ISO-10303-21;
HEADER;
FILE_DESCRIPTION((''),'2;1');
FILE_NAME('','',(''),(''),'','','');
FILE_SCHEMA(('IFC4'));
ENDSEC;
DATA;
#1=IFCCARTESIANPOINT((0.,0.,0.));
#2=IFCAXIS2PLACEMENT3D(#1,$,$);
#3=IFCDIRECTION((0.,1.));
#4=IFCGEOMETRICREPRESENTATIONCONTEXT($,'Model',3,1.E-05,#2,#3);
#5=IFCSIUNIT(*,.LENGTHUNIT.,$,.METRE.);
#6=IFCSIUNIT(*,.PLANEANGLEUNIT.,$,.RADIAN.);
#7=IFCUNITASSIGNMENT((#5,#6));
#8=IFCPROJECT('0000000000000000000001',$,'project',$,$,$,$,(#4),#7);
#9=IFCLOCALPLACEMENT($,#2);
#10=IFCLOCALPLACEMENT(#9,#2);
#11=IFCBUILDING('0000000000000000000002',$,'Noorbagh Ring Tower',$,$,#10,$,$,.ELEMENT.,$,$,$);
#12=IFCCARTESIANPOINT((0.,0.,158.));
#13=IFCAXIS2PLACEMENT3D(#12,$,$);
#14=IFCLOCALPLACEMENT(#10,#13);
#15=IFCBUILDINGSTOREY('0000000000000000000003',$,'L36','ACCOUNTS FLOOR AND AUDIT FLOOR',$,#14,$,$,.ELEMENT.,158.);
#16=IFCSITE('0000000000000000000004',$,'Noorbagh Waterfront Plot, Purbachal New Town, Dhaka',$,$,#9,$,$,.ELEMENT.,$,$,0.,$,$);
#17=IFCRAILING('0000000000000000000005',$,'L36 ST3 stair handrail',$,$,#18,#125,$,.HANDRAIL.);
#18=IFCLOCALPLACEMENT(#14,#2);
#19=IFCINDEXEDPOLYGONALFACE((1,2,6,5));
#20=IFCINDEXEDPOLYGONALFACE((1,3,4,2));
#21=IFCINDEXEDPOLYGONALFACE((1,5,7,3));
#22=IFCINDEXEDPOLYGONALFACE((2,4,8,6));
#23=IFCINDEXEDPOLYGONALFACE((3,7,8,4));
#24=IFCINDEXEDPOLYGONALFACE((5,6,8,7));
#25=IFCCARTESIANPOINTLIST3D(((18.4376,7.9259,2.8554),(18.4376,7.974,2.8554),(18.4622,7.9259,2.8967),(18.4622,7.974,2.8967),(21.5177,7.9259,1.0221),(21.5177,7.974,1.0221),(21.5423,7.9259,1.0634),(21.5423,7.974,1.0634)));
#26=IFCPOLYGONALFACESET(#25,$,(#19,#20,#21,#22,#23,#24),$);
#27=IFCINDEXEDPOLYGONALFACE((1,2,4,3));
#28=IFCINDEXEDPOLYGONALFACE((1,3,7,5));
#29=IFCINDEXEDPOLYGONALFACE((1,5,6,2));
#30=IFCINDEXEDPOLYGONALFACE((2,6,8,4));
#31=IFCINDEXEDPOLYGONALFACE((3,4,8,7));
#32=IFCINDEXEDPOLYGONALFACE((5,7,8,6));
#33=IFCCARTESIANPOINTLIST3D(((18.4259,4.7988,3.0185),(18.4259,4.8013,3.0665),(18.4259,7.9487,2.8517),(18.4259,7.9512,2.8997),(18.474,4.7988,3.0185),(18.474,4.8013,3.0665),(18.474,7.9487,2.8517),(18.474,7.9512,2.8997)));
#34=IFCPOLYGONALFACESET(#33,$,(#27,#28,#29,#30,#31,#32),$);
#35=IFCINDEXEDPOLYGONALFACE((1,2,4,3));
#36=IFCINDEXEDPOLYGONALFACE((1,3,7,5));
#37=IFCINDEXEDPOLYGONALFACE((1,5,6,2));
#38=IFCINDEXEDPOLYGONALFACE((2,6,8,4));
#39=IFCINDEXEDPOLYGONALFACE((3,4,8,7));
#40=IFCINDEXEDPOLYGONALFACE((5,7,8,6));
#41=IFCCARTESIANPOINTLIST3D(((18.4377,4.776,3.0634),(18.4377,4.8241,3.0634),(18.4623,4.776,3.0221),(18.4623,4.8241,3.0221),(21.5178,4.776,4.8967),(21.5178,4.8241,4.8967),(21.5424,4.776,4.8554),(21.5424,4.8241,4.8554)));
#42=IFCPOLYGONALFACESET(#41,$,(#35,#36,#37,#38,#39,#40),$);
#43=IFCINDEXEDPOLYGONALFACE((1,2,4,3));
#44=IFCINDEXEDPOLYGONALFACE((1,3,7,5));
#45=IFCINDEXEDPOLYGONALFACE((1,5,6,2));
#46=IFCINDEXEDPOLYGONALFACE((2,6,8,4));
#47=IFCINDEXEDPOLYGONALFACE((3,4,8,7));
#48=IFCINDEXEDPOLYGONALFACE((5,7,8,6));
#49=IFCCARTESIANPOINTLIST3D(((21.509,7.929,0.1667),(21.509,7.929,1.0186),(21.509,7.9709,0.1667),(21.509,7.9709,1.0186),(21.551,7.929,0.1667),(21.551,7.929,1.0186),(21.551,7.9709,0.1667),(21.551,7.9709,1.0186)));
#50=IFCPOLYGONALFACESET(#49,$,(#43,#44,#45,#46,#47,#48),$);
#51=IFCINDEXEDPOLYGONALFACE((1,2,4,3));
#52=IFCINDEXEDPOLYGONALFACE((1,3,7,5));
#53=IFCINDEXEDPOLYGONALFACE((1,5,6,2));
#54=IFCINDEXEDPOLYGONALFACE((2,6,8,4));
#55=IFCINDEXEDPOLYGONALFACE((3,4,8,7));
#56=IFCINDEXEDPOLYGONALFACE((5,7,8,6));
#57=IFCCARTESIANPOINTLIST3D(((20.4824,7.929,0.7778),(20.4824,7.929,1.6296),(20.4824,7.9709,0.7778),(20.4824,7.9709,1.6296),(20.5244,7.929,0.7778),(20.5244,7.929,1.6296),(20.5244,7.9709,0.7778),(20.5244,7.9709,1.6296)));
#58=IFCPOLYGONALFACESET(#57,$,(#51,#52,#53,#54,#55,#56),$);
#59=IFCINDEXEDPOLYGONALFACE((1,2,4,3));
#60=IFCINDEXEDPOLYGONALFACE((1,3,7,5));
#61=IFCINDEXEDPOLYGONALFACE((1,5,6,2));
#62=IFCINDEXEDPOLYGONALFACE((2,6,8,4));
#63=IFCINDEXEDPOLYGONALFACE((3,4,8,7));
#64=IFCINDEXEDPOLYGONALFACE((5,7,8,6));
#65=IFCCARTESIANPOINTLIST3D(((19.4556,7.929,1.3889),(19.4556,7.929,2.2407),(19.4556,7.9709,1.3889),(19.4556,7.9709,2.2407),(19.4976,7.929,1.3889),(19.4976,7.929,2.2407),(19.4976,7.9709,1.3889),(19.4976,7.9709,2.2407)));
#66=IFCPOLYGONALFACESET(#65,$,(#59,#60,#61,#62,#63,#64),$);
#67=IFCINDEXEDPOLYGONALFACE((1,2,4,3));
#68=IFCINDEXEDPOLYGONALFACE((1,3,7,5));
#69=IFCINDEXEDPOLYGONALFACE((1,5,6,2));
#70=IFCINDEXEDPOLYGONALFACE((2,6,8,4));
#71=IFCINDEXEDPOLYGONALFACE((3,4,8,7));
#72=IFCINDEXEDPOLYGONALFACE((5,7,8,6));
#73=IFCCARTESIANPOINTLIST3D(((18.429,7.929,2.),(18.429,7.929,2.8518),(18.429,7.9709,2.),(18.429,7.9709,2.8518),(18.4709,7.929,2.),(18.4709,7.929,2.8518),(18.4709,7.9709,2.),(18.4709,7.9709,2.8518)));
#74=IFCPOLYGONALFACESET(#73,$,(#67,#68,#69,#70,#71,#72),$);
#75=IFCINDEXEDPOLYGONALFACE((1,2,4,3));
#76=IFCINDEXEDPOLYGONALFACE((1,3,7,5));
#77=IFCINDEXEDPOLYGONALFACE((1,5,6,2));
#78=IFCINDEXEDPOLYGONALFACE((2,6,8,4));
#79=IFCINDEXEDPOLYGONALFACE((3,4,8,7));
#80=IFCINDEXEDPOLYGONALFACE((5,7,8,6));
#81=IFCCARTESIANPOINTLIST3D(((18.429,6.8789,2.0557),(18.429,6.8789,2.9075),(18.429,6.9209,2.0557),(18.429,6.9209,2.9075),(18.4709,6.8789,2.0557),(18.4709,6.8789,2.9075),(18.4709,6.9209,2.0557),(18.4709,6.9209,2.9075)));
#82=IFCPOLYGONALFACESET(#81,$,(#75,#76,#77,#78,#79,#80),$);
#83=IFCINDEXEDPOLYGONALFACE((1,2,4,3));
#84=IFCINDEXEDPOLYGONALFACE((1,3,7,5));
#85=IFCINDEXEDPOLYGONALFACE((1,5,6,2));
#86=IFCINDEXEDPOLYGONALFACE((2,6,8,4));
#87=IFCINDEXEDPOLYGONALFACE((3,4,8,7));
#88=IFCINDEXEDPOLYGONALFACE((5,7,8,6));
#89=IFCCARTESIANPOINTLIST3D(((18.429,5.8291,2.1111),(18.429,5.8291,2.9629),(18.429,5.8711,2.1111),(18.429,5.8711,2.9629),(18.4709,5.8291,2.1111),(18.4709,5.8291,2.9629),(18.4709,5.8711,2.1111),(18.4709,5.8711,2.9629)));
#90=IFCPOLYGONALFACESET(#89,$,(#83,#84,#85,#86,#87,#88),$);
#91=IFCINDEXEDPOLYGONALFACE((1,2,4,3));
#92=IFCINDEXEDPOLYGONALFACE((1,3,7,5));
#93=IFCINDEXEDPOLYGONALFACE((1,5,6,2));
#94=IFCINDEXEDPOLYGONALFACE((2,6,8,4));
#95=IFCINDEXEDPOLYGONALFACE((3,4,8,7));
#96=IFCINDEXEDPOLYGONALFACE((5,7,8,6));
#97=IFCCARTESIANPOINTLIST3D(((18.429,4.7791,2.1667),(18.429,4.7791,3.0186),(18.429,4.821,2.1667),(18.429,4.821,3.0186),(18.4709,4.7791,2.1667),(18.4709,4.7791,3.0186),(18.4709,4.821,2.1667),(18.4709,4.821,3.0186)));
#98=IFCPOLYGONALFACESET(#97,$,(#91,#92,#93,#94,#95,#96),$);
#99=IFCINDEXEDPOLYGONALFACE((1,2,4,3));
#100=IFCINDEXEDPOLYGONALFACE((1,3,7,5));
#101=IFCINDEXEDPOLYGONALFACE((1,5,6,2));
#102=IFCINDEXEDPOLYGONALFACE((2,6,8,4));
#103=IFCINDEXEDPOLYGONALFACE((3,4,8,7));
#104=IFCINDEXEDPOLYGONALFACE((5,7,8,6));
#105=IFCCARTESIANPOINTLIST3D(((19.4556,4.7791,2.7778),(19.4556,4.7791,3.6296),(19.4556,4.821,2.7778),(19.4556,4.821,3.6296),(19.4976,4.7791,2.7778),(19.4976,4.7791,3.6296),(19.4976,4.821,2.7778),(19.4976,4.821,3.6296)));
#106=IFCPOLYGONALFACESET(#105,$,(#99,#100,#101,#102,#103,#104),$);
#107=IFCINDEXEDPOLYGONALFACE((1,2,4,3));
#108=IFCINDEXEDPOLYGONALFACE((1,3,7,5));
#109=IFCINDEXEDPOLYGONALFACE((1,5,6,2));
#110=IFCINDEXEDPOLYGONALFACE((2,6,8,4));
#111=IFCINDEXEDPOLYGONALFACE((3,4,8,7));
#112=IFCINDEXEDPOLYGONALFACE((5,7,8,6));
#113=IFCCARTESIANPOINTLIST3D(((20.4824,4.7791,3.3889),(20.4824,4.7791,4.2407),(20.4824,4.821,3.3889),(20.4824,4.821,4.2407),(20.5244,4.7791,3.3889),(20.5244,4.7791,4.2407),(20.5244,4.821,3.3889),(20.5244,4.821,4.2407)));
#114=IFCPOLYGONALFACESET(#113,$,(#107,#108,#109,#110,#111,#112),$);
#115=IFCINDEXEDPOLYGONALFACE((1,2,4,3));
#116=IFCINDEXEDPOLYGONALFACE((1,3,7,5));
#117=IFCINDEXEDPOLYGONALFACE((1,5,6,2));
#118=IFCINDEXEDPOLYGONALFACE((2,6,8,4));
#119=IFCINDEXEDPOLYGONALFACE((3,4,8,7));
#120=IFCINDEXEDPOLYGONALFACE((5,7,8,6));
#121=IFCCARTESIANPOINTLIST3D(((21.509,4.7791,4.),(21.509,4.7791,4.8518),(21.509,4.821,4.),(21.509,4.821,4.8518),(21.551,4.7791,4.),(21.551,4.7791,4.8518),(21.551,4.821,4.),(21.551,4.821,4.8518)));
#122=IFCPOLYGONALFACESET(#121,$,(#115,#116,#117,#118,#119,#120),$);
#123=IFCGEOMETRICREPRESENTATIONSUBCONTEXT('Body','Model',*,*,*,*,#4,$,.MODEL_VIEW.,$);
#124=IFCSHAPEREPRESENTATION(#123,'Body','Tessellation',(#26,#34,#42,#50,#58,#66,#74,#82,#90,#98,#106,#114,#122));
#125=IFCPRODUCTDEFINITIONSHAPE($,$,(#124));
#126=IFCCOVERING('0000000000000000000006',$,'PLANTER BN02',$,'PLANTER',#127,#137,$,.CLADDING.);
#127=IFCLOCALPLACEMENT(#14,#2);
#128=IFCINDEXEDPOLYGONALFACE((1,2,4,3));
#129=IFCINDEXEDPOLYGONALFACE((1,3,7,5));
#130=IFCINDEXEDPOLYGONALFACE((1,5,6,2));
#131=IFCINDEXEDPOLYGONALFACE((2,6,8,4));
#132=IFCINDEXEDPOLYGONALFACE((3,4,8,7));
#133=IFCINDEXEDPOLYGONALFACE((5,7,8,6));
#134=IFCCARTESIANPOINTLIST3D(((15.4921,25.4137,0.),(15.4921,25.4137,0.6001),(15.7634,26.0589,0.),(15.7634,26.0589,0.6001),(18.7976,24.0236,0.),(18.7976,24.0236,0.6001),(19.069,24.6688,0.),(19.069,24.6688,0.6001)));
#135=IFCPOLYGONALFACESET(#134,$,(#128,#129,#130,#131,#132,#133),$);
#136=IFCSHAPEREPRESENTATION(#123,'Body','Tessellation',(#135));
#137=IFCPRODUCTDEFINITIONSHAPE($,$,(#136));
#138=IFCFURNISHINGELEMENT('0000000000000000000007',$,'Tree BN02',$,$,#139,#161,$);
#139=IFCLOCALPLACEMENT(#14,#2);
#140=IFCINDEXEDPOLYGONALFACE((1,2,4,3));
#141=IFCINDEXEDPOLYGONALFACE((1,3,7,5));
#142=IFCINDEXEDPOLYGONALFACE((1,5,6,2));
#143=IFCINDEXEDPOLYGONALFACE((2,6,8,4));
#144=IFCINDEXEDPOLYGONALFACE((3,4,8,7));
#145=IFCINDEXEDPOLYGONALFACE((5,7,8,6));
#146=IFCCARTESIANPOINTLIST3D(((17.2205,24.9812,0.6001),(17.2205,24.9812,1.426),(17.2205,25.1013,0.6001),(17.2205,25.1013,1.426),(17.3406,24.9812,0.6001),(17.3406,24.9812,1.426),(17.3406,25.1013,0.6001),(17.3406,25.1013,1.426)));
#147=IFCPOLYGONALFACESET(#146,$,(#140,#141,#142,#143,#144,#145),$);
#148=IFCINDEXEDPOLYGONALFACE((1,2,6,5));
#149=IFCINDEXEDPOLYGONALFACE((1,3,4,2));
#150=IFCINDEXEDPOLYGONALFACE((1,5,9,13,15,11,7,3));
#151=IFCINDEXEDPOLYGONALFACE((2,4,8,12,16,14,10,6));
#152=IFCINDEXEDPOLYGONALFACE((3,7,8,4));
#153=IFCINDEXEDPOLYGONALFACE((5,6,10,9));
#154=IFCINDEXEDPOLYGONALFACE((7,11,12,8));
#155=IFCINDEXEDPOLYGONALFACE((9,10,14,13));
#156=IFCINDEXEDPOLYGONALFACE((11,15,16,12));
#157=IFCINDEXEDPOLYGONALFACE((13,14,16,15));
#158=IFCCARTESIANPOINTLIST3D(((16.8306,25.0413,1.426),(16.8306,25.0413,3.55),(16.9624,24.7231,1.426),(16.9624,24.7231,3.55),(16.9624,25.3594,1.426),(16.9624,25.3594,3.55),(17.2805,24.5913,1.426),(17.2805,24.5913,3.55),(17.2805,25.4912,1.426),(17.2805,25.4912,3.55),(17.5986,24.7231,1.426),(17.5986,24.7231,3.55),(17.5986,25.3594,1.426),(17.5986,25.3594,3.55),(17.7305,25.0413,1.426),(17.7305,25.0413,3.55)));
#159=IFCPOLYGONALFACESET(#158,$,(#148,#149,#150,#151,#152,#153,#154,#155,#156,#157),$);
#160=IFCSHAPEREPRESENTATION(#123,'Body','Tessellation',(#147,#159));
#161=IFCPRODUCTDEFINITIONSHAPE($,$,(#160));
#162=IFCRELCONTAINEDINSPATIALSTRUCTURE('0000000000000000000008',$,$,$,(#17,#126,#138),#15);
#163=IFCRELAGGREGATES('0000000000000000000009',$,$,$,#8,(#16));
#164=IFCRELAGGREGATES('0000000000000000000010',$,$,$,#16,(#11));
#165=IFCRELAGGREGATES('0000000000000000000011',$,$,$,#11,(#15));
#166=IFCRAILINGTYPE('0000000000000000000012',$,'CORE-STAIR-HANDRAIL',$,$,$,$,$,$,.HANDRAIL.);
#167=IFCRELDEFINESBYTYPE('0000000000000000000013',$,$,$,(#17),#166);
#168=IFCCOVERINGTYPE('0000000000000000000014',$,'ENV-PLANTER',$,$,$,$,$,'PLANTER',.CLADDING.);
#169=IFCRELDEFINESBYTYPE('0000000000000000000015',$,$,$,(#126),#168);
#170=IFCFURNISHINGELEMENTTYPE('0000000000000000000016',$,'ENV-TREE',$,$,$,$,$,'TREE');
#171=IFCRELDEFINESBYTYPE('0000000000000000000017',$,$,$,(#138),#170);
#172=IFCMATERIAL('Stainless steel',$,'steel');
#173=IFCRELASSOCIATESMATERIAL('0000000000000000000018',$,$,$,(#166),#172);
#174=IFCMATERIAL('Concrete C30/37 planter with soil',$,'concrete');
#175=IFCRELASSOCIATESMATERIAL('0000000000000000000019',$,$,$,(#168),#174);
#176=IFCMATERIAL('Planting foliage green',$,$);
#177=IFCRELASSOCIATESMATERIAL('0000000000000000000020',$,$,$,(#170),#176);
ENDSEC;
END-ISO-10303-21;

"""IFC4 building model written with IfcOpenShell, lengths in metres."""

from ifc_helpers import new_model, si_unit, direction, frame, origin, origin_2d, place, context, subcontext, project, spatial, polyline, rectangle, outline, extrude, material, type_object, element, save


model = new_model("IFC4")

# Units and contexts
model_context = context("Model", 3, precision=1e-05, world=origin(), true_north=direction((0.0, 1.0)))
body_context = subcontext(model_context, "Body", "Model", "MODEL_VIEW")
ifc_project = project(units=[si_unit("LENGTHUNIT", "METRE"), si_unit("PLANEANGLEUNIT", "RADIAN")], contexts=[model_context])

# Site, building, storey
site_placement = place(None, origin())
site = spatial("IfcSite", under=ifc_project, at=site_placement, Name="Noorbagh Waterfront Plot, Purbachal New Town, Dhaka", CompositionType="ELEMENT", RefElevation=0.0)
building_placement = place(site_placement, origin())
building = spatial("IfcBuilding", under=site, at=building_placement, Name="Noorbagh Ring Tower", CompositionType="ELEMENT")
storey_placement = place(building_placement, frame((0.0, 0.0, 158.0)))
storey = spatial("IfcBuildingStorey", under=building, at=storey_placement, Name="L36", Description="ACCOUNTS FLOOR AND AUDIT FLOOR", CompositionType="ELEMENT", Elevation=158.0)

# Railing
ifc_material_1 = material(Name="Stainless steel", Category="steel")
railing_type_1 = type_object("IfcRailingType", Name="CORE-STAIR-HANDRAIL", PredefinedType="HANDRAIL", material=ifc_material_1)
railing_1_placement = place(storey_placement, frame((21.53, 7.95, 0.1667)))
element("IfcRailing", 1, at=railing_1_placement, inside=storey, type_object=railing_type_1, Name="L36 ST3 stair handrail", PredefinedType="HANDRAIL", context=body_context, shape_type="SweptSolid", body=[
    extrude(rectangle(XDim=0.0481, YDim=0.0481, at=origin_2d()), frame((0.0, 0.0, 0.876), z_axis=(-0.859309, 0.0, 0.511458), x_axis=(0.0, -1.0, 0.0)), (0.0, 0.0, 1.0), 3.5845),
    extrude(rectangle(XDim=0.0481, YDim=0.0481, at=origin_2d()), frame((-3.0801, 0.0, 2.709), z_axis=(0.0, -0.998602, 0.052864), x_axis=(1.0, 0.0, 0.0)), (0.0, 0.0, 1.0), 3.1543),
    extrude(rectangle(XDim=0.0481, YDim=0.0481, at=origin_2d()), frame((-3.0801, -3.1499, 2.876), z_axis=(0.859309, 0.0, 0.511458), x_axis=(0.0, 1.0, 0.0)), (0.0, 0.0, 1.0), 3.5845),
    extrude(rectangle(XDim=0.042, YDim=0.042, at=origin_2d()), origin(), (0.0, 0.0, 1.0), 0.8518),
    extrude(rectangle(XDim=0.042, YDim=0.042, at=origin_2d()), frame((-1.0266, 0.0, 0.6111)), (0.0, 0.0, 1.0), 0.8518),
    extrude(rectangle(XDim=0.042, YDim=0.042, at=origin_2d()), frame((-2.0535, 0.0, 1.2222)), (0.0, 0.0, 1.0), 0.8518),
    extrude(rectangle(XDim=0.042, YDim=0.042, at=origin_2d()), frame((-3.0801, 0.0, 1.8333)), (0.0, 0.0, 1.0), 0.8518),
    extrude(rectangle(XDim=0.042, YDim=0.042, at=origin_2d()), frame((-3.0801, -1.05, 1.8889)), (0.0, 0.0, 1.0), 0.8518),
    extrude(rectangle(XDim=0.042, YDim=0.042, at=origin_2d()), frame((-3.0801, -2.0999, 1.9443)), (0.0, 0.0, 1.0), 0.8518),
    extrude(rectangle(XDim=0.042, YDim=0.042, at=origin_2d()), frame((-3.0801, -3.1499, 2.0)), (0.0, 0.0, 1.0), 0.8518),
    extrude(rectangle(XDim=0.042, YDim=0.042, at=origin_2d()), frame((-2.0535, -3.1499, 2.6111)), (0.0, 0.0, 1.0), 0.8518),
    extrude(rectangle(XDim=0.042, YDim=0.042, at=origin_2d()), frame((-1.0266, -3.1499, 3.2222)), (0.0, 0.0, 1.0), 0.8518),
    extrude(rectangle(XDim=0.042, YDim=0.042, at=origin_2d()), frame((0.0, -3.1499, 3.8333)), (0.0, 0.0, 1.0), 0.8518),
])

# Covering
ifc_material_2 = material(Name="Concrete C30/37 planter with soil", Category="concrete")
covering_type = type_object("IfcCoveringType", Name="ENV-PLANTER", ElementType="PLANTER", PredefinedType="CLADDING", material=ifc_material_2)
covering_placement = place(storey_placement, frame((17.2805, 25.0413, 0.0), z_axis=(0.0, 0.0, 1.0), x_axis=(-0.921812, 0.387638, 0.0)))
element("IfcCovering", 2, at=covering_placement, inside=storey, type_object=covering_type, Name="PLANTER BN02", ObjectType="PLANTER", PredefinedType="CLADDING", context=body_context, shape_type="SweptSolid", body=[
    extrude(rectangle(XDim=3.5859, YDim=0.7, at=origin_2d()), origin(), (0.0, 0.0, 1.0), 0.6001),
])

# Furnishing element
ifc_material_3 = material(Name="Planting foliage green")
furnishing_element_type = type_object("IfcFurnishingElementType", Name="ENV-TREE", ElementType="TREE", material=ifc_material_3)
furnishing_placement = place(storey_placement, frame((17.2805, 25.0413, 0.6001), z_axis=(0.0, 0.0, 1.0), x_axis=(1.0, 0.0, 0.0)))
element("IfcFurnishingElement", 3, at=furnishing_placement, inside=storey, type_object=furnishing_element_type, Name="Tree BN02", context=body_context, shape_type="SweptSolid", body=[
    extrude(rectangle(XDim=0.1201, YDim=0.1201, at=origin_2d()), origin(), (0.0, 0.0, 1.0), 0.8259),
    extrude(outline(polyline([(0.45, 0.0), (0.3181, 0.3181), (0.0, 0.45), (-0.3181, 0.3181), (-0.45, 0.0), (-0.3181, -0.3181), (0.0, -0.45), (0.3181, -0.3181), (0.45, 0.0)])), frame((0.0, 0.0, 0.8259)), (0.0, 0.0, 1.0), 2.124),
])

save(model, "model.ifc")
